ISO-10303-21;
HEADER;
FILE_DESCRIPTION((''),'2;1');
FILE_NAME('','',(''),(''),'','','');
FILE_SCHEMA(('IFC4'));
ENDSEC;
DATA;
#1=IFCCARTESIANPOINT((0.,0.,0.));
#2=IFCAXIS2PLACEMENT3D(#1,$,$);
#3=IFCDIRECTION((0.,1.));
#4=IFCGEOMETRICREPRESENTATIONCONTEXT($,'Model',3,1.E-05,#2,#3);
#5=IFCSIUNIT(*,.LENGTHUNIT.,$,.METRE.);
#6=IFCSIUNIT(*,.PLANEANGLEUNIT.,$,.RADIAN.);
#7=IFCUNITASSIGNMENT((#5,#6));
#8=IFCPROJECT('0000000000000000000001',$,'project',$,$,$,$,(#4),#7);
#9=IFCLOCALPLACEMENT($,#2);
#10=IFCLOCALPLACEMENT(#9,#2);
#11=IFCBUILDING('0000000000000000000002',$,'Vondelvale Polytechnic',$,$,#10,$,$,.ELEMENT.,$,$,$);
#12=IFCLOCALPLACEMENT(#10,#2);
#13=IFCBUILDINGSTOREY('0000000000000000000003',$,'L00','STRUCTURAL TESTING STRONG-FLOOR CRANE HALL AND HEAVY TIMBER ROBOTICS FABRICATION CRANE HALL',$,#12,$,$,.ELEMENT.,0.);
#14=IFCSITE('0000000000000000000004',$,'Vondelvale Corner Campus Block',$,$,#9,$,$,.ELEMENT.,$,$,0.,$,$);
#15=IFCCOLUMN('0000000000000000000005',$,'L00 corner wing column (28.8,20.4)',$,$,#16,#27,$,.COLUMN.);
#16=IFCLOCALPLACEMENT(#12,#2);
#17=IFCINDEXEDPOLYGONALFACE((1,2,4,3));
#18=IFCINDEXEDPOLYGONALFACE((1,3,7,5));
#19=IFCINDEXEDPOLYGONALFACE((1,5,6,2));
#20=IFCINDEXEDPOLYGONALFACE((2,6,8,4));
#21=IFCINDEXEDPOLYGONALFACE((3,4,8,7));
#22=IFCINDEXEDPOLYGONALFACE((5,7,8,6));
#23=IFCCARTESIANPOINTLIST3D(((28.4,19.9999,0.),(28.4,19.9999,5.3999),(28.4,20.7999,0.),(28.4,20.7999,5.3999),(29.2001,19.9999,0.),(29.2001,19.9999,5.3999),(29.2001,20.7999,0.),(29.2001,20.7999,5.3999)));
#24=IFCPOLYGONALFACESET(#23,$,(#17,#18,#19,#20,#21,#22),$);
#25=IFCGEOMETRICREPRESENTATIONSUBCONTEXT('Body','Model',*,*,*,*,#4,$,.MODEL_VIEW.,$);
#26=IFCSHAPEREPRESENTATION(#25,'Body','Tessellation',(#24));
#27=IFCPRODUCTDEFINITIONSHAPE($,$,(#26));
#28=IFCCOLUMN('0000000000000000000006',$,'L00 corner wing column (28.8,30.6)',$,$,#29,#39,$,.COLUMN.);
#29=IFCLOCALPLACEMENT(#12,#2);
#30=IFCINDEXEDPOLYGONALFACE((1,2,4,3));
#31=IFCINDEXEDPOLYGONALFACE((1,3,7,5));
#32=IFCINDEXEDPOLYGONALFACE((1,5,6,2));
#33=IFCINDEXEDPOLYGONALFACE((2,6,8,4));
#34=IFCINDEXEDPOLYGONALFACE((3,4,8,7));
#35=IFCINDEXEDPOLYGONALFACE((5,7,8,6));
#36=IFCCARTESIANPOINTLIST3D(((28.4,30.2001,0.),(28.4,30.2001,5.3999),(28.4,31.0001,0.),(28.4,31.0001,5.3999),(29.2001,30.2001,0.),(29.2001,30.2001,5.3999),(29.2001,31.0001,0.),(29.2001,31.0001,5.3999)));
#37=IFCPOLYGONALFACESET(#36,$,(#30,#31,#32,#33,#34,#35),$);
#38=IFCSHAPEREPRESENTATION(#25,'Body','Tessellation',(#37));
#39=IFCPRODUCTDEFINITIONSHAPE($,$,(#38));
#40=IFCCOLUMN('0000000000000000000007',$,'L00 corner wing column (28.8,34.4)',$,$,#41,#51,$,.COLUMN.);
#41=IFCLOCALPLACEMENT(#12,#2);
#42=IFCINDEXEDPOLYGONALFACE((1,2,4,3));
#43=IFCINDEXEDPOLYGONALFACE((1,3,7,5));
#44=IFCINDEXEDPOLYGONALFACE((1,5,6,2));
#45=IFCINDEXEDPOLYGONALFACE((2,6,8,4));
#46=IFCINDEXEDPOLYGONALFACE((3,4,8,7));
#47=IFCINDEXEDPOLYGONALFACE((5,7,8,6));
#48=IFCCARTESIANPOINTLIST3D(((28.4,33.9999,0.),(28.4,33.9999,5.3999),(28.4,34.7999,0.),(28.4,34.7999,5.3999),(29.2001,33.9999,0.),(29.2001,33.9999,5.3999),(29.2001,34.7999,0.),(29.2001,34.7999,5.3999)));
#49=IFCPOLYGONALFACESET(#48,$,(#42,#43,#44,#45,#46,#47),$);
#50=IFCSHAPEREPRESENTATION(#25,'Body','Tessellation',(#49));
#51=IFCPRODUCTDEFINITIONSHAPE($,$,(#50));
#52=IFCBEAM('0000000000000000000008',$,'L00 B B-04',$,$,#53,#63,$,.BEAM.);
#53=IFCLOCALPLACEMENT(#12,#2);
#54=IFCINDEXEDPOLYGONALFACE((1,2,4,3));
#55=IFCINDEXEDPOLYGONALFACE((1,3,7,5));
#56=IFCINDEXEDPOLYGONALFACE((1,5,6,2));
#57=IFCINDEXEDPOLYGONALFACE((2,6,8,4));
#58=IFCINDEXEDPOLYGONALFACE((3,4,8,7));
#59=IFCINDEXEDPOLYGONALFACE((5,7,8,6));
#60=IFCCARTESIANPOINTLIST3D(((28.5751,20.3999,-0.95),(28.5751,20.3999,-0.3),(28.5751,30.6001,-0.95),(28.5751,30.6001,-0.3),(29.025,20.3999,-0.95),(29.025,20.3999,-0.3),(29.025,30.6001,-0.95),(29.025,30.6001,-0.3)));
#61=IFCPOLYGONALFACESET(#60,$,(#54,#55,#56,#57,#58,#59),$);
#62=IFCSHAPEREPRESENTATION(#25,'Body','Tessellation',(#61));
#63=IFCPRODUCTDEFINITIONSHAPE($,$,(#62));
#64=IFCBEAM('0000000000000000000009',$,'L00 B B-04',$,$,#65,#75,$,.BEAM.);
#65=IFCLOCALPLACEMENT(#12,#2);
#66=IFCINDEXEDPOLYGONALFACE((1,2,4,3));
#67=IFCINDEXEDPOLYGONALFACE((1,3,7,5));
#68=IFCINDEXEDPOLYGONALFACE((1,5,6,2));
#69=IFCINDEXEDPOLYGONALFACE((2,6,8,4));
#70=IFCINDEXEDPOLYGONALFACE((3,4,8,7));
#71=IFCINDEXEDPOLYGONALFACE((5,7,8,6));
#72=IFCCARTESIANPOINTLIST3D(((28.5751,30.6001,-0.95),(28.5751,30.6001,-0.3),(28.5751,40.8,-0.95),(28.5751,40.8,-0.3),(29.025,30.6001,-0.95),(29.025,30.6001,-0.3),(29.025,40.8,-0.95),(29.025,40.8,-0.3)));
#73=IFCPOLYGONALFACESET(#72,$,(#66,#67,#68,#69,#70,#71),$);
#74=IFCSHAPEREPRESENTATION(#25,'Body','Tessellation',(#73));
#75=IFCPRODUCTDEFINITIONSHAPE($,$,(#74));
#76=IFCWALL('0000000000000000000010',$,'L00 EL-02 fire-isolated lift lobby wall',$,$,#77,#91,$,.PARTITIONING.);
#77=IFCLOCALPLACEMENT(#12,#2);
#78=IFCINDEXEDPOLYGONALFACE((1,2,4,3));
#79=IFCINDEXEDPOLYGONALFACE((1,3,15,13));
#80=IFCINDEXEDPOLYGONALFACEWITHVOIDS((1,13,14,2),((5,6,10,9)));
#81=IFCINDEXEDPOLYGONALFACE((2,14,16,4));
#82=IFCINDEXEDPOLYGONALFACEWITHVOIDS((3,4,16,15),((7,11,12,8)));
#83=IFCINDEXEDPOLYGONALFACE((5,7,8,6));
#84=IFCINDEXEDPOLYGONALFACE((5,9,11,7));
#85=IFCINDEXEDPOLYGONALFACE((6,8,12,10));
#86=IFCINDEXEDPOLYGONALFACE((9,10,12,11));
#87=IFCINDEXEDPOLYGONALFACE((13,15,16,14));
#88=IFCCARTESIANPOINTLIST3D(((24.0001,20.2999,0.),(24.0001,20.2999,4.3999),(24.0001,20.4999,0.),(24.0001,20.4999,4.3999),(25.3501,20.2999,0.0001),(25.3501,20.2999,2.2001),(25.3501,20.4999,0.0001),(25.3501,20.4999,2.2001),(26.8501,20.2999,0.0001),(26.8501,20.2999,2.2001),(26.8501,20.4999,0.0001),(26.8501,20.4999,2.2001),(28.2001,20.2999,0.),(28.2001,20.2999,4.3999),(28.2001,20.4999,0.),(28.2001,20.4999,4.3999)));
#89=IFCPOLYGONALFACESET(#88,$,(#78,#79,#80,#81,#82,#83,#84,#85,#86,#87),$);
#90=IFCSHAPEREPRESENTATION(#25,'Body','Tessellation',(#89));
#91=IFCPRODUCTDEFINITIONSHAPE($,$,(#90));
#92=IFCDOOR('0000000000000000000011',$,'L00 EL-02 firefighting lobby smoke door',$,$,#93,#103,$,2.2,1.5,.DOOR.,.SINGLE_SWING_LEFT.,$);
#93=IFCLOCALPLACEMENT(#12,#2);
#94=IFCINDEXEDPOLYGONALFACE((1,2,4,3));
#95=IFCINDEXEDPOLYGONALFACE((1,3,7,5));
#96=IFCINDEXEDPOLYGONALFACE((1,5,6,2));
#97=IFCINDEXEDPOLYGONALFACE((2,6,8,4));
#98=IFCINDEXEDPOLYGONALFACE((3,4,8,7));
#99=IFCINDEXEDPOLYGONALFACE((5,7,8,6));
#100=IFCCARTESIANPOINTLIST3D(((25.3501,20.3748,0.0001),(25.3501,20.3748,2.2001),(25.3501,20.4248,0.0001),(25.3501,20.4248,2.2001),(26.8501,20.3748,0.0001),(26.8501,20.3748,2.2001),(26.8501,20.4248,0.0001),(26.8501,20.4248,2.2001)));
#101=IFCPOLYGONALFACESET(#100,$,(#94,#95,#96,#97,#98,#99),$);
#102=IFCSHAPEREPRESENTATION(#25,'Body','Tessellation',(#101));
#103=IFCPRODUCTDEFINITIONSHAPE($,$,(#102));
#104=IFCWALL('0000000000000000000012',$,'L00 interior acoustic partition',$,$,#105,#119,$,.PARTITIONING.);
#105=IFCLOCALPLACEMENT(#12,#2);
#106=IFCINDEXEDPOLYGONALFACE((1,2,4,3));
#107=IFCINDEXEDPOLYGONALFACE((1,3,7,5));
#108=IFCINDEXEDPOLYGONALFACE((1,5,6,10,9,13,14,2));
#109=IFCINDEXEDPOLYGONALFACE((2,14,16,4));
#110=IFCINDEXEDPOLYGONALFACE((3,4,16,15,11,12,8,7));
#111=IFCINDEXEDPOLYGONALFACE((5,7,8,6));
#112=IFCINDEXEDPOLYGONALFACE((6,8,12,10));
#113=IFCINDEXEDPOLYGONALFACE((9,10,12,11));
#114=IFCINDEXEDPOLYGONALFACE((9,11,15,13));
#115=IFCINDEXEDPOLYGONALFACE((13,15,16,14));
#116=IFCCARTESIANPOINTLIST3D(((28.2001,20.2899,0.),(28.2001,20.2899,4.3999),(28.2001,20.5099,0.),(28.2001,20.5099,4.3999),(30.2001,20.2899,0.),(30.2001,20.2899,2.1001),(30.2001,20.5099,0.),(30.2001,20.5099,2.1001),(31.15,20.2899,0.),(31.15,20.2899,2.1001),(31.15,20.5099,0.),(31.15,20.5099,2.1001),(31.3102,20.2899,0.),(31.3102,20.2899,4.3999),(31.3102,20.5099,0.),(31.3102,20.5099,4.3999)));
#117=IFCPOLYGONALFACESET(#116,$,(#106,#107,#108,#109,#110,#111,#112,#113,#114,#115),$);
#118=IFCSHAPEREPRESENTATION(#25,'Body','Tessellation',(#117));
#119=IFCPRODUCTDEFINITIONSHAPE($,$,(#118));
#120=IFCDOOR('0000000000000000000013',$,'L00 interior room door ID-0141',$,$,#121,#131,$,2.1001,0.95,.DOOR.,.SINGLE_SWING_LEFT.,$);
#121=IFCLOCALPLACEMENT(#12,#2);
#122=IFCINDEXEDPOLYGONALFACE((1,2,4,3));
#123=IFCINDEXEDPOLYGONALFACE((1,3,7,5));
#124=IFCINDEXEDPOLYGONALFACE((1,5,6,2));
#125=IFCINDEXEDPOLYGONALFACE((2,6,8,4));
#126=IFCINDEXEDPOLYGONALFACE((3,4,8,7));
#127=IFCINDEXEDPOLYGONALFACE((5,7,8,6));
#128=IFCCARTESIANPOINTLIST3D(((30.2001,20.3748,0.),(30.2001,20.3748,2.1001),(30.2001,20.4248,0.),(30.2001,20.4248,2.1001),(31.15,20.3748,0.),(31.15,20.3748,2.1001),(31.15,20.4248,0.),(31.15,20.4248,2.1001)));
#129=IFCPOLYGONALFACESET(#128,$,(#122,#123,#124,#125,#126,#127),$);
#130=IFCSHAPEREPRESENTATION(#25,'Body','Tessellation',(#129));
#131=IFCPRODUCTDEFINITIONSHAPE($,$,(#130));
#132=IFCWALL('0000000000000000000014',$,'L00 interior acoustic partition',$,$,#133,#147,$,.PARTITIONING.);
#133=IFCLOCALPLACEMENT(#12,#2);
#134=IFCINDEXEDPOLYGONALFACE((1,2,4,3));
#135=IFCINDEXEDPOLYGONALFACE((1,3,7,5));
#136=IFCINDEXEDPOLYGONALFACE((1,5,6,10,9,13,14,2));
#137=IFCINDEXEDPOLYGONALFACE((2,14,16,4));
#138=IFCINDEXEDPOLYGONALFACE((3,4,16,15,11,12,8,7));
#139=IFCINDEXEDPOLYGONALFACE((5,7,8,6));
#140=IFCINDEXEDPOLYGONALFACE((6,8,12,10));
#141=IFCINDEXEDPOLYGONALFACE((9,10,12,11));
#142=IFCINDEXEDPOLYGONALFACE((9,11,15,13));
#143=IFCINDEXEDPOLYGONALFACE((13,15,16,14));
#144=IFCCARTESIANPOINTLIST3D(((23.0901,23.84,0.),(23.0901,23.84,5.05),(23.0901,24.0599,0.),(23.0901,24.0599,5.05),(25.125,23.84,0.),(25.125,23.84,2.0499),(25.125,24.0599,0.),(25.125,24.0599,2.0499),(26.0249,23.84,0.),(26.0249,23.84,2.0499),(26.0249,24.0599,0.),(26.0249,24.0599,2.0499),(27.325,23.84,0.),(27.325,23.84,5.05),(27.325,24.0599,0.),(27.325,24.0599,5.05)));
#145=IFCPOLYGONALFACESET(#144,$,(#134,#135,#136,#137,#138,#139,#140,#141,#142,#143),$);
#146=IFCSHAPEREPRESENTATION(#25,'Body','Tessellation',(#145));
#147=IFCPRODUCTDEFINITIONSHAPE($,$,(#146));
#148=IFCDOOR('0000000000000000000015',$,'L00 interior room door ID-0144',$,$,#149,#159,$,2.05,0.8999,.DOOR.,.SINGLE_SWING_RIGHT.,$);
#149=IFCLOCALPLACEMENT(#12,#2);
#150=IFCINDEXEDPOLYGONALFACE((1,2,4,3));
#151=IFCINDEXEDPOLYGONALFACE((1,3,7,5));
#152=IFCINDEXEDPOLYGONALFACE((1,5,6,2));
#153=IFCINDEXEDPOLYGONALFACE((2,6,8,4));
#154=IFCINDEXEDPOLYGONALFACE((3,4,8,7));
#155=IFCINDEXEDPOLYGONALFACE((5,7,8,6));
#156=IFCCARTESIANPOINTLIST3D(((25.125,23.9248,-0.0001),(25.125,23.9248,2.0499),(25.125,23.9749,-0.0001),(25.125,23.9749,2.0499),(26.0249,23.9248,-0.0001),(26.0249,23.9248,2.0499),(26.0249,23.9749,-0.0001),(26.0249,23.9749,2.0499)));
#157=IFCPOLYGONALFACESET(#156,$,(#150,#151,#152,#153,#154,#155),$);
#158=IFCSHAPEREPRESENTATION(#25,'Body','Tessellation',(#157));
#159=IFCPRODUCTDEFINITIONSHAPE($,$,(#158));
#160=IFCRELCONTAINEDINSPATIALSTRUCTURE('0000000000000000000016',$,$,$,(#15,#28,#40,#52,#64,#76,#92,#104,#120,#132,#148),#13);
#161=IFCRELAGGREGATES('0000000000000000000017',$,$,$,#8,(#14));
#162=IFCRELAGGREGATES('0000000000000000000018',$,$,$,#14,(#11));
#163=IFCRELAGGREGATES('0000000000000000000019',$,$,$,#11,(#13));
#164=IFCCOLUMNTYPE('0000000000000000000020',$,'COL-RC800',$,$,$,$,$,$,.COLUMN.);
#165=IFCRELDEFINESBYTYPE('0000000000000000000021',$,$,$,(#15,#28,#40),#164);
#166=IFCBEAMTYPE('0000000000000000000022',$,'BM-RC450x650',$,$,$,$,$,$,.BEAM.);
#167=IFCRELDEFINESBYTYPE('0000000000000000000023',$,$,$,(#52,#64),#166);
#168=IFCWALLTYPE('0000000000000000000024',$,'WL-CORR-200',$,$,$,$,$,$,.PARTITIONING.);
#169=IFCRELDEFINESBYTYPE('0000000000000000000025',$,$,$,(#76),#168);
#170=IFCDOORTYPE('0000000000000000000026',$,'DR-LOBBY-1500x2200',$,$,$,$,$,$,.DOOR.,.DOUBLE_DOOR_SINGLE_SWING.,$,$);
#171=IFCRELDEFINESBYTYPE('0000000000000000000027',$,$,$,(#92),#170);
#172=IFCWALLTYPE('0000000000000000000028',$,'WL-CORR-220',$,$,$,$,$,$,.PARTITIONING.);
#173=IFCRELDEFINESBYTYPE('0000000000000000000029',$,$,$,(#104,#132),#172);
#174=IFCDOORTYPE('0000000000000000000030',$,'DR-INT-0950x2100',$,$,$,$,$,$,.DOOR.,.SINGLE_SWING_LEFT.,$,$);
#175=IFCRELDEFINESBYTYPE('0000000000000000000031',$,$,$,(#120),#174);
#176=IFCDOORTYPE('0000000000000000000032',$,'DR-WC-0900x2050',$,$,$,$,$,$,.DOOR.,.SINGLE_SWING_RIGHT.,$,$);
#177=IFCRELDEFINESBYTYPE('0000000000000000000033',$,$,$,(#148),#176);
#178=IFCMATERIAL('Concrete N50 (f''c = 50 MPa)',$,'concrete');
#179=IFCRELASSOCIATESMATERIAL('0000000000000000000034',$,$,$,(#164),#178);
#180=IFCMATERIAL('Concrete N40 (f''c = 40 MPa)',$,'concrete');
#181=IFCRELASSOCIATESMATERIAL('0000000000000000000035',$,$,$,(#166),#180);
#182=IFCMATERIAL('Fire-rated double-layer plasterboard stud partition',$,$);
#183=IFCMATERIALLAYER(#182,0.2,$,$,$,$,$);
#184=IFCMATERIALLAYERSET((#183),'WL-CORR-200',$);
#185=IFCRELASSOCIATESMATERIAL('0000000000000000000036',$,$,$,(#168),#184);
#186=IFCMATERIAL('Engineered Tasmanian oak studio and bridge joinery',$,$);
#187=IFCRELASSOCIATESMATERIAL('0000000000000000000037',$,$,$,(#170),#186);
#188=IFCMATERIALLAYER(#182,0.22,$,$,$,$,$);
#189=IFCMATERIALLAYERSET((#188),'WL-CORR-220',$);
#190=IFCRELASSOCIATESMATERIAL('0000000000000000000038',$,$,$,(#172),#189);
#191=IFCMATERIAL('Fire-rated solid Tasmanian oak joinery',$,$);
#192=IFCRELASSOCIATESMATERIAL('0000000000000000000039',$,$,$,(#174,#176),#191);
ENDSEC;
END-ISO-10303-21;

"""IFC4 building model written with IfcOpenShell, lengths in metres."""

from ifc_helpers import new_model, si_unit, direction, frame, frame_2d, origin, origin_2d, place, context, subcontext, project, spatial, rectangle, extrude, material, layer, layer_set, material_profile, profile_set, type_object, element, fill, save


model = new_model("IFC4")

# Units and contexts
model_context = context("Model", 3, precision=1e-05, world=origin(), true_north=direction((0.0, 1.0)))
body_context = subcontext(model_context, "Body", "Model", "MODEL_VIEW")
ifc_project = project(units=[si_unit("LENGTHUNIT", "METRE"), si_unit("PLANEANGLEUNIT", "RADIAN")], contexts=[model_context])

# Site, building, storey
site_placement = place(None, origin())
site = spatial("IfcSite", under=ifc_project, at=site_placement, Name="Vondelvale Corner Campus Block", CompositionType="ELEMENT", RefElevation=0.0)
building_placement = place(site_placement, origin())
building = spatial("IfcBuilding", under=site, at=building_placement, Name="Vondelvale Polytechnic", CompositionType="ELEMENT")
storey_placement = place(building_placement, origin())
storey = spatial("IfcBuildingStorey", under=building, at=storey_placement, Name="L00", Description="STRUCTURAL TESTING STRONG-FLOOR CRANE HALL AND HEAVY TIMBER ROBOTICS FABRICATION CRANE HALL", CompositionType="ELEMENT", Elevation=0.0)

# Columns
ifc_material_1 = material(Name="Concrete N50 (f'c = 50 MPa)", Category="concrete")
ifc_material_profile_1 = material_profile(ifc_material_1, rectangle(XDim=0.8, YDim=0.8, at=origin_2d()), Name="RC-COL-800x800")
ifc_profile_set_1 = profile_set([ifc_material_profile_1], Name="Concrete N50 (f'c = 50 MPa)")
column_type = type_object("IfcColumnType", Name="COL-RC800", PredefinedType="COLUMN", material=ifc_profile_set_1)
for number, where, z_axis, x_axis, name in (
    (1, (28.8, 20.3999, 0.0), (0.0, 0.0, 1.0), (1.0, 0.0, 0.0), "L00 corner wing column (28.8,20.4)"),
    (2, (28.8, 30.6001, 0.0), (0.0, 0.0, 1.0), (1.0, 0.0, 0.0), "L00 corner wing column (28.8,30.6)"),
    (3, (28.8, 34.3999, 0.0), (0.0, 0.0, 1.0), (1.0, 0.0, 0.0), "L00 corner wing column (28.8,34.4)"),
):
    element("IfcColumn", number, at=place(storey_placement, frame(where, z_axis=z_axis, x_axis=x_axis)), inside=storey, type_object=column_type, Name=name, PredefinedType="COLUMN", context=body_context, shape_type="SweptSolid", body=[
        extrude(rectangle(XDim=0.8, YDim=0.8, at=origin_2d()), origin(), (0.0, 0.0, 1.0), 5.3999),
    ])

# Beams
ifc_material_2 = material(Name="Concrete N40 (f'c = 40 MPa)", Category="concrete")
ifc_material_profile_2 = material_profile(ifc_material_2, rectangle(XDim=0.45, YDim=0.6499, at=origin_2d()), Name="RC-BM-450x650")
ifc_profile_set_2 = profile_set([ifc_material_profile_2], Name="Concrete N40 (f'c = 40 MPa)")
beam_type = type_object("IfcBeamType", Name="BM-RC450x650", PredefinedType="BEAM", material=ifc_profile_set_2)
beam_1_placement = place(storey_placement, frame((28.8, 20.3999, -0.625), z_axis=(0.0, 1.0, 0.0), x_axis=(-1.0, 0.0, 0.0)))
element("IfcBeam", 4, at=beam_1_placement, inside=storey, type_object=beam_type, Name="L00 B B-04", PredefinedType="BEAM", context=body_context, shape_type="SweptSolid", body=[
    extrude(rectangle(XDim=0.45, YDim=0.6499, at=origin_2d()), origin(), (0.0, 0.0, 1.0), 10.2002),
])
beam_2_placement = place(storey_placement, frame((28.8, 30.6001, -0.625), z_axis=(0.0, 1.0, 0.0), x_axis=(-1.0, 0.0, 0.0)))
element("IfcBeam", 5, at=beam_2_placement, inside=storey, type_object=beam_type, Name="L00 B B-04", PredefinedType="BEAM", context=body_context, shape_type="SweptSolid", body=[
    extrude(rectangle(XDim=0.45, YDim=0.6499, at=origin_2d()), origin(), (0.0, 0.0, 1.0), 10.2),
])

# Walls, openings, doors
ifc_material_3 = material(Name="Fire-rated double-layer plasterboard stud partition")
ifc_layer_1 = layer(ifc_material_3, 0.2)
ifc_layer_set_1 = layer_set([ifc_layer_1], Name="WL-CORR-200")
wall_type_1 = type_object("IfcWallType", Name="WL-CORR-200", PredefinedType="PARTITIONING", material=ifc_layer_set_1)
wall_1_placement = place(storey_placement, frame((24.0, 20.3999, 0.0), z_axis=(0.0, 0.0, 1.0), x_axis=(1.0, 0.0, 0.0)))
wall_1 = element("IfcWall", 6, at=wall_1_placement, inside=storey, type_object=wall_type_1, Name="L00 EL-02 fire-isolated lift lobby wall", PredefinedType="PARTITIONING", context=body_context, shape_type="SweptSolid", body=[
    extrude(rectangle(XDim=4.2, YDim=0.2, at=frame_2d((2.1001, 0.0))), origin(), (0.0, 0.0, 1.0), 4.3999),
])
opening_1_placement = place(wall_1_placement, frame((1.3501, 0.0, 0.0)))
opening_1 = element("IfcOpeningElement", 7, at=opening_1_placement, cuts=wall_1, PredefinedType="OPENING", context=body_context, shape_type="SweptSolid", body=[
    extrude(rectangle(XDim=1.5, YDim=2.2, at=frame_2d((0.75, 1.1001))), frame((0.0, 0.1099, 0.0), z_axis=(0.0, -1.0, 0.0), x_axis=(1.0, 0.0, 0.0)), (0.0, 0.0, 1.0), 0.22),
])
ifc_material_4 = material(Name="Engineered Tasmanian oak studio and bridge joinery")
door_type_1 = type_object("IfcDoorType", Name="DR-LOBBY-1500x2200", OperationType="DOUBLE_DOOR_SINGLE_SWING", PredefinedType="DOOR", material=ifc_material_4)
door_1_placement = place(opening_1_placement, origin())
door_1 = element("IfcDoor", 8, at=door_1_placement, inside=storey, type_object=door_type_1, Name="L00 EL-02 firefighting lobby smoke door", OperationType="SINGLE_SWING_LEFT", OverallHeight=2.2, OverallWidth=1.5, PredefinedType="DOOR", context=body_context, shape_type="SweptSolid", body=[
    extrude(rectangle(XDim=1.5, YDim=2.2, at=frame_2d((0.75, 1.1001))), frame((0.0, 0.0249, 0.0), z_axis=(0.0, -1.0, 0.0), x_axis=(1.0, 0.0, 0.0)), (0.0, 0.0, 1.0), 0.05),
])
fill(opening_1, door_1)
ifc_layer_2 = layer(ifc_material_3, 0.22)
ifc_layer_set_2 = layer_set([ifc_layer_2], Name="WL-CORR-220")
wall_type_2 = type_object("IfcWallType", Name="WL-CORR-220", PredefinedType="PARTITIONING", material=ifc_layer_set_2)
wall_2_placement = place(storey_placement, frame((28.2, 20.3999, 0.0), z_axis=(0.0, 0.0, 1.0), x_axis=(1.0, 0.0, 0.0)))
wall_2 = element("IfcWall", 9, at=wall_2_placement, inside=storey, type_object=wall_type_2, Name="L00 interior acoustic partition", PredefinedType="PARTITIONING", context=body_context, shape_type="SweptSolid", body=[
    extrude(rectangle(XDim=3.1101, YDim=0.22, at=frame_2d((1.5552, 0.0))), origin(), (0.0, 0.0, 1.0), 4.3999),
])
opening_2_placement = place(wall_2_placement, frame((2.0, 0.0, 0.0)))
opening_2 = element("IfcOpeningElement", 10, at=opening_2_placement, cuts=wall_2, PredefinedType="OPENING", context=body_context, shape_type="SweptSolid", body=[
    extrude(rectangle(XDim=0.95, YDim=2.1001, at=frame_2d((0.4751, 1.05))), frame((0.0, 0.1199, 0.0), z_axis=(0.0, -1.0, 0.0), x_axis=(1.0, 0.0, 0.0)), (0.0, 0.0, 1.0), 0.24),
])
ifc_material_5 = material(Name="Fire-rated solid Tasmanian oak joinery")
door_type_2 = type_object("IfcDoorType", Name="DR-INT-0950x2100", OperationType="SINGLE_SWING_LEFT", PredefinedType="DOOR", material=ifc_material_5)
door_2_placement = place(opening_2_placement, origin())
door_2 = element("IfcDoor", 11, at=door_2_placement, inside=storey, type_object=door_type_2, Name="L00 interior room door ID-0141", OperationType="SINGLE_SWING_LEFT", OverallHeight=2.1001, OverallWidth=0.95, PredefinedType="DOOR", context=body_context, shape_type="SweptSolid", body=[
    extrude(rectangle(XDim=0.95, YDim=2.1001, at=frame_2d((0.4751, 1.05))), frame((0.0, 0.0249, 0.0), z_axis=(0.0, -1.0, 0.0), x_axis=(1.0, 0.0, 0.0)), (0.0, 0.0, 1.0), 0.05),
])
fill(opening_2, door_2)
wall_3_placement = place(storey_placement, frame((23.0901, 23.95, 0.0), z_axis=(0.0, 0.0, 1.0), x_axis=(1.0, 0.0, 0.0)))
wall_3 = element("IfcWall", 12, at=wall_3_placement, inside=storey, type_object=wall_type_2, Name="L00 interior acoustic partition", PredefinedType="PARTITIONING", context=body_context, shape_type="SweptSolid", body=[
    extrude(rectangle(XDim=4.2349, YDim=0.22, at=frame_2d((2.1174, 0.0))), origin(), (0.0, 0.0, 1.0), 5.05),
])
opening_3_placement = place(wall_3_placement, frame((2.0349, 0.0, 0.0)))
opening_3 = element("IfcOpeningElement", 13, at=opening_3_placement, cuts=wall_3, PredefinedType="OPENING", context=body_context, shape_type="SweptSolid", body=[
    extrude(rectangle(XDim=0.8999, YDim=2.05, at=frame_2d((0.45, 1.0249))), frame((0.0, 0.1199, 0.0), z_axis=(0.0, -1.0, 0.0), x_axis=(1.0, 0.0, 0.0)), (0.0, 0.0, 1.0), 0.24),
])
door_type_3 = type_object("IfcDoorType", Name="DR-WC-0900x2050", OperationType="SINGLE_SWING_RIGHT", PredefinedType="DOOR", material=ifc_material_5)
door_3_placement = place(opening_3_placement, origin())
door_3 = element("IfcDoor", 14, at=door_3_placement, inside=storey, type_object=door_type_3, Name="L00 interior room door ID-0144", OperationType="SINGLE_SWING_RIGHT", OverallHeight=2.05, OverallWidth=0.8999, PredefinedType="DOOR", context=body_context, shape_type="SweptSolid", body=[
    extrude(rectangle(XDim=0.8999, YDim=2.05, at=frame_2d((0.45, 1.0249))), frame((0.0, 0.0249, 0.0), z_axis=(0.0, -1.0, 0.0), x_axis=(1.0, 0.0, 0.0)), (0.0, 0.0, 1.0), 0.05),
])
fill(opening_3, door_3)

save(model, "model.ifc")
